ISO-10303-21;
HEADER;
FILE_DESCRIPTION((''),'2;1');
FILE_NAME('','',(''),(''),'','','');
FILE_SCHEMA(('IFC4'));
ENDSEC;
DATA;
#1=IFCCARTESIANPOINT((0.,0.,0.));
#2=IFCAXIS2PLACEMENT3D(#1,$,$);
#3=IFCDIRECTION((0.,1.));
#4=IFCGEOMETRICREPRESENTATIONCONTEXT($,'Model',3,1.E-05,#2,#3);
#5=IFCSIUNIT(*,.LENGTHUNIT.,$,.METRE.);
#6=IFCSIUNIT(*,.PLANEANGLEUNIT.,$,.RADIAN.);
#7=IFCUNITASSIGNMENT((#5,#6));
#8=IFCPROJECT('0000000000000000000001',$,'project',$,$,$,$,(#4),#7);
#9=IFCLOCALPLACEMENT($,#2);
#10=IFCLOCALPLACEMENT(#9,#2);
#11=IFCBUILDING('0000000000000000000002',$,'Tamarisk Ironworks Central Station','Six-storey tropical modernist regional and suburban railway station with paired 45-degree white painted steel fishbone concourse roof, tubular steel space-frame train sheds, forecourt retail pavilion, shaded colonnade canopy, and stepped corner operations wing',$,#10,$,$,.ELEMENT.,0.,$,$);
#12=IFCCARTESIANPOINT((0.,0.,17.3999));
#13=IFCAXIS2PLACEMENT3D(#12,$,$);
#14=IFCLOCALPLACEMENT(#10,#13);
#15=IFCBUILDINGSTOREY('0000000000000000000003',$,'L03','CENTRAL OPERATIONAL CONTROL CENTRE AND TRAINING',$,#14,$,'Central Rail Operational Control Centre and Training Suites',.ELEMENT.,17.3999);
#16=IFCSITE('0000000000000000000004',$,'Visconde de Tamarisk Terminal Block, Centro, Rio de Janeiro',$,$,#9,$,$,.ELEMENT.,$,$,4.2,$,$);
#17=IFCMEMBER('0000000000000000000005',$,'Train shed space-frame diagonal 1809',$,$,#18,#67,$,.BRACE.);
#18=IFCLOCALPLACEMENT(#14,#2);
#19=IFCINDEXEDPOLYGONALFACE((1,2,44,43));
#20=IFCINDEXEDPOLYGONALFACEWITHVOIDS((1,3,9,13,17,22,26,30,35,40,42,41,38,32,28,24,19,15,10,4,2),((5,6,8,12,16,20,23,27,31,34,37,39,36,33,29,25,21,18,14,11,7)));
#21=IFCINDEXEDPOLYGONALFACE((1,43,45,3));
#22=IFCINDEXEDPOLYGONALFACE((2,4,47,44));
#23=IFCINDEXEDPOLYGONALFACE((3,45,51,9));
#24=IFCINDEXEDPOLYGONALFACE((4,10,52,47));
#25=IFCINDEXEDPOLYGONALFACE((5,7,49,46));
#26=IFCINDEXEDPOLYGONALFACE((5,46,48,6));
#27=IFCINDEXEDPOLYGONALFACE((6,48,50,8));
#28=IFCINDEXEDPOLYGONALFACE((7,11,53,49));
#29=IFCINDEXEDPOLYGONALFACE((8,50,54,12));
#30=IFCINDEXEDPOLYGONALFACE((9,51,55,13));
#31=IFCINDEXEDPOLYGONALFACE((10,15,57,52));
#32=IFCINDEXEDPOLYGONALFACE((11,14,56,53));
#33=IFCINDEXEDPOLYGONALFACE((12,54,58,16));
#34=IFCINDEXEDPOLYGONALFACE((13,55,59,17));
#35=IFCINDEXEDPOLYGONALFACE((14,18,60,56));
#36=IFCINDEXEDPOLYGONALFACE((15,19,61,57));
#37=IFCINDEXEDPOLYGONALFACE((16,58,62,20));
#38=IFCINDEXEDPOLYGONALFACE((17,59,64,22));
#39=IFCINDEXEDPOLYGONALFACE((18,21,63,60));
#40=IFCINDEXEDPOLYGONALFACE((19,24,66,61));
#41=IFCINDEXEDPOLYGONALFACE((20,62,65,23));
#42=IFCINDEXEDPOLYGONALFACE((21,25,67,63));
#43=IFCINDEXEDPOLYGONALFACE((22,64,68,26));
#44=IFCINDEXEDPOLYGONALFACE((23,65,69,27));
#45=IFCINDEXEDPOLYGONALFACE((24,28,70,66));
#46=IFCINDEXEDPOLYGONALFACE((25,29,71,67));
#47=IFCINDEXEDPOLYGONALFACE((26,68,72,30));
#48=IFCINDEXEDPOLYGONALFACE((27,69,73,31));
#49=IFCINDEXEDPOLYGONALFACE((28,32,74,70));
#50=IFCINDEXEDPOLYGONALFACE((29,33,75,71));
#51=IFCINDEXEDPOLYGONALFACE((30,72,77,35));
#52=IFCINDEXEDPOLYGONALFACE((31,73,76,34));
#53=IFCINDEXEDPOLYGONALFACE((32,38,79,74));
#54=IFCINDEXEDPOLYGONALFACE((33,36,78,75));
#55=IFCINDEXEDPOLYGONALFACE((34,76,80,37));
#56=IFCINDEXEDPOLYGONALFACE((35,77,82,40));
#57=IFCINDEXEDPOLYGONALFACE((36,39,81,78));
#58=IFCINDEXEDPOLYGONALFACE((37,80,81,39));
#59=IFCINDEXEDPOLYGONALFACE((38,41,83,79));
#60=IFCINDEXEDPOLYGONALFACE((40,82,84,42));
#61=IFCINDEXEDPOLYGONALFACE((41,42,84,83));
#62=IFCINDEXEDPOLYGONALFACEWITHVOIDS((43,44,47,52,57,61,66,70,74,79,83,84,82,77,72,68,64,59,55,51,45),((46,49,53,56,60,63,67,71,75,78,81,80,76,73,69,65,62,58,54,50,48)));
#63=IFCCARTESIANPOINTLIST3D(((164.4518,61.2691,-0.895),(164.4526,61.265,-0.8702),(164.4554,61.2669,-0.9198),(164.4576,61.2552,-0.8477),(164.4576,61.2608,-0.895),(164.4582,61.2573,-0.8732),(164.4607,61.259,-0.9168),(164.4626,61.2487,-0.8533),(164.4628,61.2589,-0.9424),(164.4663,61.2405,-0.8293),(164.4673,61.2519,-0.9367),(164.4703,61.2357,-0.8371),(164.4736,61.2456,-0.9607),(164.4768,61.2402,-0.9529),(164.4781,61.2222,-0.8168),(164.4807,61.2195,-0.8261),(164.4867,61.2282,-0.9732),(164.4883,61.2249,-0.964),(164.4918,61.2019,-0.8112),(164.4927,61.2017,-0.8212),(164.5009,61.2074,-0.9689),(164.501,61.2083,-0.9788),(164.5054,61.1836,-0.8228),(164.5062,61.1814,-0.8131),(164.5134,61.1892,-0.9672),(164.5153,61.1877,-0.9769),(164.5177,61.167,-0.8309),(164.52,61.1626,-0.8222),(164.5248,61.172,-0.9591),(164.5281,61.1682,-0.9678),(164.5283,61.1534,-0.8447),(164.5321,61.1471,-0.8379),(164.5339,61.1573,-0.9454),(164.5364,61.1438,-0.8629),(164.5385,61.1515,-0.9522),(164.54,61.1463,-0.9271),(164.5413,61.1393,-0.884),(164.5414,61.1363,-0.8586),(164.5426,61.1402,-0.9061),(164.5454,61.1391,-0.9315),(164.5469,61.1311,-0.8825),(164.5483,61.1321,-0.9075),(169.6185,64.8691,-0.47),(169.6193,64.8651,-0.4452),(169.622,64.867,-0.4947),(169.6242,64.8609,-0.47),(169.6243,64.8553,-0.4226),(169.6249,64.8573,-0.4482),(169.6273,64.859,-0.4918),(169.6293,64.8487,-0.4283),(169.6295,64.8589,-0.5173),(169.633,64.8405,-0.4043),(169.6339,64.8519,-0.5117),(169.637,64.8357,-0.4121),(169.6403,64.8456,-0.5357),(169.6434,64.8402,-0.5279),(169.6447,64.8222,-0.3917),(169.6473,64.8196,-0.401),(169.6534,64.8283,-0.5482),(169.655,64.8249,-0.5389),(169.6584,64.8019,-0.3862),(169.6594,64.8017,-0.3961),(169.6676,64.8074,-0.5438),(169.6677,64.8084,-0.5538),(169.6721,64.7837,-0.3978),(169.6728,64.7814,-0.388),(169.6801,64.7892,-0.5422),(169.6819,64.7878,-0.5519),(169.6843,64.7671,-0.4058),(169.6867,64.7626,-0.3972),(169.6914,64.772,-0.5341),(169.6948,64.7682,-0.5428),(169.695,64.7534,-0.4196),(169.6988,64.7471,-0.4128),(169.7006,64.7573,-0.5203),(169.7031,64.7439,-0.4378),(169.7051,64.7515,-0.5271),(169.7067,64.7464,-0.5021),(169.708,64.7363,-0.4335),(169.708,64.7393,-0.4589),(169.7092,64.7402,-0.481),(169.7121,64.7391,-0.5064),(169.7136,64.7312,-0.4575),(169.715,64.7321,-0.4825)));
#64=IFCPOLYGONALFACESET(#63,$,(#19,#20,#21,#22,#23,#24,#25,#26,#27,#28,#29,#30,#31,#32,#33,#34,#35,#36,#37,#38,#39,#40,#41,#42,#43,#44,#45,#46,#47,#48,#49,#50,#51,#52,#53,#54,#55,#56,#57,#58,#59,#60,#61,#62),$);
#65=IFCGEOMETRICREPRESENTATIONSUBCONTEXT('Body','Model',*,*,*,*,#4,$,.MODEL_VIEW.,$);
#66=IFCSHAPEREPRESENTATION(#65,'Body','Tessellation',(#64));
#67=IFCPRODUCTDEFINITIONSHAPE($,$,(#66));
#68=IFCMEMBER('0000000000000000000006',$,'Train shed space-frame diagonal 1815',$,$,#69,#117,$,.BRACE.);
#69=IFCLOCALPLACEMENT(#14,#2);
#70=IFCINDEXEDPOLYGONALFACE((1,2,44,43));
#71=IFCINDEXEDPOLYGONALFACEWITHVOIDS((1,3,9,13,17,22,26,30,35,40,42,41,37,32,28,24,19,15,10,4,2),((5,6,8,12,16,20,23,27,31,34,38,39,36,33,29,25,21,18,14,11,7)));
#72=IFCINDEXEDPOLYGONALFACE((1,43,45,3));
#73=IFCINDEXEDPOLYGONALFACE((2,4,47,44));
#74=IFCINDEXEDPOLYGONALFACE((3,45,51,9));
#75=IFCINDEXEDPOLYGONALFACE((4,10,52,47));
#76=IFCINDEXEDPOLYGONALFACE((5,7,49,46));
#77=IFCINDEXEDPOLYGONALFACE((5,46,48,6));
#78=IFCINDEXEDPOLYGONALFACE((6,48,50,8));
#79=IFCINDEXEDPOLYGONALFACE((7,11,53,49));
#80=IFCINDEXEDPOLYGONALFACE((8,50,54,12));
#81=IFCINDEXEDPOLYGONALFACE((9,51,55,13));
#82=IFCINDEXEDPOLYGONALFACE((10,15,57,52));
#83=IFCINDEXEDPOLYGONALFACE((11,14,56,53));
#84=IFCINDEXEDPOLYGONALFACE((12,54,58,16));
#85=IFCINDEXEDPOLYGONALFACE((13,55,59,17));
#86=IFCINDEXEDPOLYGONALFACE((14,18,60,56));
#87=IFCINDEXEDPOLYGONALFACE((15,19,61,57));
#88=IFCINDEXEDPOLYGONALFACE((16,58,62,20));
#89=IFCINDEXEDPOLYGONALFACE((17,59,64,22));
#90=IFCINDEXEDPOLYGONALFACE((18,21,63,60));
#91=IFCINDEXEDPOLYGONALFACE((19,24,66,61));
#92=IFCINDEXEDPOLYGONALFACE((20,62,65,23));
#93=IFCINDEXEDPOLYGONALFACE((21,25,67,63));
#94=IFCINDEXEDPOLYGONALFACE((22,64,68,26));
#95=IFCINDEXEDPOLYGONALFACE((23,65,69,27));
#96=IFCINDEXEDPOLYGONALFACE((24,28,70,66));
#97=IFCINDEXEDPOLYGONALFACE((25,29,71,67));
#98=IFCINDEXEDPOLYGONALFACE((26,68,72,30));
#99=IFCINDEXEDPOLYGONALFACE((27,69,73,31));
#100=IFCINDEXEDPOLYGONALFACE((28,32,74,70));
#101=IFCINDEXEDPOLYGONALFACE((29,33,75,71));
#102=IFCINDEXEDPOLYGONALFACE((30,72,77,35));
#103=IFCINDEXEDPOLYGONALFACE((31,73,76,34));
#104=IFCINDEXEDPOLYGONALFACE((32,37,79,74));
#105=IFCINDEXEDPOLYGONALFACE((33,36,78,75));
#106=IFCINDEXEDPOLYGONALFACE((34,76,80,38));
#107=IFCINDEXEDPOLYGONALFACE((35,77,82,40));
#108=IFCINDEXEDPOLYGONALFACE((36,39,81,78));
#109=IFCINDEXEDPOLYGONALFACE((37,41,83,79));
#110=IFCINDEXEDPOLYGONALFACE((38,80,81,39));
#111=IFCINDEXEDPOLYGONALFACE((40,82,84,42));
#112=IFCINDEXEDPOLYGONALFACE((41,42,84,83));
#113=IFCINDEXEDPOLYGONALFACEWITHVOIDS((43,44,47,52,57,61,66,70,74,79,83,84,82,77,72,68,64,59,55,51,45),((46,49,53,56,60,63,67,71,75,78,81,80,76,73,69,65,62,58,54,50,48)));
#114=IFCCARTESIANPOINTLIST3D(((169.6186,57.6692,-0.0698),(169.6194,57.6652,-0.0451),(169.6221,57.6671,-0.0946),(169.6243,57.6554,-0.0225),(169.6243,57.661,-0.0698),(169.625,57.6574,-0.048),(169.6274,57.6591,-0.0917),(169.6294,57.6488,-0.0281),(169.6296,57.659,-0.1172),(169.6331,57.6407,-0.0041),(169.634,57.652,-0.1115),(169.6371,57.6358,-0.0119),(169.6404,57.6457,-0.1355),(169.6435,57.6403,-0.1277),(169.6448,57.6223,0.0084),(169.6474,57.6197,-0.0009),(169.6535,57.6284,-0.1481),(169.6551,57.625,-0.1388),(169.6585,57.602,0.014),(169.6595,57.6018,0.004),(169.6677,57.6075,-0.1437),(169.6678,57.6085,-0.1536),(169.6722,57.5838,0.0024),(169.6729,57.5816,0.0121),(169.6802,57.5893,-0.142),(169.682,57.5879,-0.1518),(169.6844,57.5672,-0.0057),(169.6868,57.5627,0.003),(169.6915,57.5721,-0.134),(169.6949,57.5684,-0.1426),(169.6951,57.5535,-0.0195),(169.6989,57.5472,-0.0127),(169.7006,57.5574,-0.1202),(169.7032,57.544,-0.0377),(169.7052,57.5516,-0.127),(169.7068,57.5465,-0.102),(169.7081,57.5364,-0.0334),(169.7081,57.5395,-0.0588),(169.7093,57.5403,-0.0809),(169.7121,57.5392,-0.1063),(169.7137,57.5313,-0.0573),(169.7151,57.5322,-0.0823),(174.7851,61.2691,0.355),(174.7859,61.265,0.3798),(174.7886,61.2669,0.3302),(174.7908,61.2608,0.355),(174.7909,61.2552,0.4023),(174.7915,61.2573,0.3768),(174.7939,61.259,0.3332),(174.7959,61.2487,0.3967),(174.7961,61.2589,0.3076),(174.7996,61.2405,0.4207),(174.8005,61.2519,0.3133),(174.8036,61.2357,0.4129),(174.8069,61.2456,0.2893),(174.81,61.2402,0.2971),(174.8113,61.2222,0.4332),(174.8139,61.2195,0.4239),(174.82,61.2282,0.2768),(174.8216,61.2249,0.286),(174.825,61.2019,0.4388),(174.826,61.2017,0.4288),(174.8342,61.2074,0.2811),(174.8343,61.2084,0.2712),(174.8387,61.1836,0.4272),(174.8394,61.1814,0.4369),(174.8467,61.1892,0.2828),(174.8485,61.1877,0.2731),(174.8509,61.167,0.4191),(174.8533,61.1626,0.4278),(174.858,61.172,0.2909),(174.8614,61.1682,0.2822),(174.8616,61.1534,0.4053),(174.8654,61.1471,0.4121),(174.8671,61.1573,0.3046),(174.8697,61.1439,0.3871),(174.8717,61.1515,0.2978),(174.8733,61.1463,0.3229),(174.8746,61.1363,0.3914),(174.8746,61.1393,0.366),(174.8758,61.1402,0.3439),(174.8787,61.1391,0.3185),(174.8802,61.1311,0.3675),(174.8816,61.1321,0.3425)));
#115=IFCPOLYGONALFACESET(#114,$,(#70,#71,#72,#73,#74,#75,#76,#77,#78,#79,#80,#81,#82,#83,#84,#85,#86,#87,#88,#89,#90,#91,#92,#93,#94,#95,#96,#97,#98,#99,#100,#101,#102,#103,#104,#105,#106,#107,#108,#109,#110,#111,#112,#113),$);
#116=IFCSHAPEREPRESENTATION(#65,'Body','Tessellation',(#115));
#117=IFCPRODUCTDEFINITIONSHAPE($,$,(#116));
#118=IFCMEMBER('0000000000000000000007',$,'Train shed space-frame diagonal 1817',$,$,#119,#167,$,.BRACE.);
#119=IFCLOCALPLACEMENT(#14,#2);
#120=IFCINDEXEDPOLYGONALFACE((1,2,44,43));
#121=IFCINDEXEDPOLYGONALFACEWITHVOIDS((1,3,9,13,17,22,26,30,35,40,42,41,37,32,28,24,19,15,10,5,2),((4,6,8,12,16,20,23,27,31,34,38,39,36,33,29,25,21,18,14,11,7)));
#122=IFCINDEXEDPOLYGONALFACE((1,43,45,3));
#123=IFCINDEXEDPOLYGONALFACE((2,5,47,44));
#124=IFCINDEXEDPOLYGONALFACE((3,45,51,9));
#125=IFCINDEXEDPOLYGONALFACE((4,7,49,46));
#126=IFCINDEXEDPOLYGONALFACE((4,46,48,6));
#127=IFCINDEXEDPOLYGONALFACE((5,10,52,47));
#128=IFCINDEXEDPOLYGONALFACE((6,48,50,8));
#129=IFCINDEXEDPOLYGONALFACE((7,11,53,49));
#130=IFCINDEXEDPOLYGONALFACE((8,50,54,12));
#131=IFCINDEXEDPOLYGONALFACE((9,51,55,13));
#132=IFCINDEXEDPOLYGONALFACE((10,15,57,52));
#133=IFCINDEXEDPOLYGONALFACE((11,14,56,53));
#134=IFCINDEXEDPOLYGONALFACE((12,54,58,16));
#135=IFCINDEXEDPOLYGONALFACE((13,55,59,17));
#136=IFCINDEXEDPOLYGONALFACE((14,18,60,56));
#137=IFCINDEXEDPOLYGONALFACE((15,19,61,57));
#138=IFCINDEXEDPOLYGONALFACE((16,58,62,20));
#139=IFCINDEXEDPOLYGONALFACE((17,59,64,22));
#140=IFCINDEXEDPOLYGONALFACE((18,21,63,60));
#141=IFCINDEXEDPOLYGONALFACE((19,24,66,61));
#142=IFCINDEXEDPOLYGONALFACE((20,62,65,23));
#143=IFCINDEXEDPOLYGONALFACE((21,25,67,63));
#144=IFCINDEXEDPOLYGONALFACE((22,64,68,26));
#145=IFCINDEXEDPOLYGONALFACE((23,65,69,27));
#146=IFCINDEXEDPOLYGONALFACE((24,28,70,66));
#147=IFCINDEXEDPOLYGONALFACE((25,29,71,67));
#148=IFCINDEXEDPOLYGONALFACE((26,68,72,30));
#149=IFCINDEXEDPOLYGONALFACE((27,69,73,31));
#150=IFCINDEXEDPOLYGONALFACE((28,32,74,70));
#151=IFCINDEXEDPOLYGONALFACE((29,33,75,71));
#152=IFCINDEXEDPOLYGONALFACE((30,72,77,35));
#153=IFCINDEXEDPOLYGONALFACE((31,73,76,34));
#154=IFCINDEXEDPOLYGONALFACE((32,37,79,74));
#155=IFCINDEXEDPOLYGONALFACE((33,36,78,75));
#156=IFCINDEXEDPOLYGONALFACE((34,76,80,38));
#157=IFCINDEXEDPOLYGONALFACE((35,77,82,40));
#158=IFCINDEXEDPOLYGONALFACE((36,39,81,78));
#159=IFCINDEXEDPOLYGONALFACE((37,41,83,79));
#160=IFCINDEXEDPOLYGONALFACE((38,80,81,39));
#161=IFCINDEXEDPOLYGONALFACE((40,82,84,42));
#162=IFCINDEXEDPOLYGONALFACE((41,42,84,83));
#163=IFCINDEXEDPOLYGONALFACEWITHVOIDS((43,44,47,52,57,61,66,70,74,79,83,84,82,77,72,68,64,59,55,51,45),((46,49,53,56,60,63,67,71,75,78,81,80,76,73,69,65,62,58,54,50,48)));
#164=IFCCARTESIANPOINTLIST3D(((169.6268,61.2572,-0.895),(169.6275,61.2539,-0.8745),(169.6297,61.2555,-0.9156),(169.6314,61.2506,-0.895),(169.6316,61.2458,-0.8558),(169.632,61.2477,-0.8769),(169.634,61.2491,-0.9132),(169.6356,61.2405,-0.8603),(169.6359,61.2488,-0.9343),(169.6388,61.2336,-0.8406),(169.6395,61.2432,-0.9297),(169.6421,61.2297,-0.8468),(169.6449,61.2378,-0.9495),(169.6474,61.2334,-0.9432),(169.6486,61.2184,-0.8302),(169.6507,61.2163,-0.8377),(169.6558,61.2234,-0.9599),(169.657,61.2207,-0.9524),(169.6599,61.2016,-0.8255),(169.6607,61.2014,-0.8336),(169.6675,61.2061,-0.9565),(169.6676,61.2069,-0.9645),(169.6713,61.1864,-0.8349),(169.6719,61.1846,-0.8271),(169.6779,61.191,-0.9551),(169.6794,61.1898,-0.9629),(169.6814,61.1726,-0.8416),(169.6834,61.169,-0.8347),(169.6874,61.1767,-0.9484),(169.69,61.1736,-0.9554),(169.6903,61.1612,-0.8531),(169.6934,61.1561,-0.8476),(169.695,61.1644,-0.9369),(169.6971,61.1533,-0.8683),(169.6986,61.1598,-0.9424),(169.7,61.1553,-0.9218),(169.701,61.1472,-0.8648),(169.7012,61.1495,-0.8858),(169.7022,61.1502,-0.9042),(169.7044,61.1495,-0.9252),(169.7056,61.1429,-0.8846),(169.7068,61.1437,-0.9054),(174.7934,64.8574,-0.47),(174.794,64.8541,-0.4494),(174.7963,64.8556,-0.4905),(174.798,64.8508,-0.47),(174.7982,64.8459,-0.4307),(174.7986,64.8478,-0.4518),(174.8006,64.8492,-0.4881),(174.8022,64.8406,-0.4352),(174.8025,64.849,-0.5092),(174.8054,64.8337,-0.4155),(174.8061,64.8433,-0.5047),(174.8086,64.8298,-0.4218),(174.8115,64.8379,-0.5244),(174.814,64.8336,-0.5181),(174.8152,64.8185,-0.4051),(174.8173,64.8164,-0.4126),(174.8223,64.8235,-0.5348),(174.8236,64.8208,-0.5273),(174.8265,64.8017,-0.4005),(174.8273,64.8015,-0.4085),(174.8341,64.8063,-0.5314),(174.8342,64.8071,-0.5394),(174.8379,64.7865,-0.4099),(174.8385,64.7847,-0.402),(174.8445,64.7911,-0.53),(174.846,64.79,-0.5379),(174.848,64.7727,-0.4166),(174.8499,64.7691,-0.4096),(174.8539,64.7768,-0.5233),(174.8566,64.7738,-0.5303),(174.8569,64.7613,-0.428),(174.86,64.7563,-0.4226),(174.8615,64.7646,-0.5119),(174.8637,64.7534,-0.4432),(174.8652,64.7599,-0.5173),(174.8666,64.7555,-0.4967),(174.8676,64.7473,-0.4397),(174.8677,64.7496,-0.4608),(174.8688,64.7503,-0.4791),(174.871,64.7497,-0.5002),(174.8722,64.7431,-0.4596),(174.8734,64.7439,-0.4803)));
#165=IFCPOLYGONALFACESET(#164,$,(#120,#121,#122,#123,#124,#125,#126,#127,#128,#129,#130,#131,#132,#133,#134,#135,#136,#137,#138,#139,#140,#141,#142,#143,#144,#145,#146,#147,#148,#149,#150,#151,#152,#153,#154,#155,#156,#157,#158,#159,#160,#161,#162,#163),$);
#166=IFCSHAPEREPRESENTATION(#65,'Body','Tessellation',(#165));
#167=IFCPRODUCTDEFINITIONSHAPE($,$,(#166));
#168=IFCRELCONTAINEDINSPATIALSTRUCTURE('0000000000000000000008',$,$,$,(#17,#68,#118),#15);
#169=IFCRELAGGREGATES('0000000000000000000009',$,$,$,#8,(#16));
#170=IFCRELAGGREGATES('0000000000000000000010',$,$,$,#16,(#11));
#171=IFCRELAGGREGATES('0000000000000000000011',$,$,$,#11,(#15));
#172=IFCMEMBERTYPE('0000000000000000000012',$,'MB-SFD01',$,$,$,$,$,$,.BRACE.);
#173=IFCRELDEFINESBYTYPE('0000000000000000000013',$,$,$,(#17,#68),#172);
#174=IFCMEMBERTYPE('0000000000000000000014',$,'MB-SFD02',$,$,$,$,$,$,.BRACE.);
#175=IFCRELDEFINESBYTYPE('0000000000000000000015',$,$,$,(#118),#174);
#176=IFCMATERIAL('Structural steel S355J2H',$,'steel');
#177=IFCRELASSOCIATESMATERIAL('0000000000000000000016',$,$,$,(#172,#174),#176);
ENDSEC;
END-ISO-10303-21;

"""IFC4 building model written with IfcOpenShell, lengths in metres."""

from ifc_helpers import new_model, si_unit, direction, frame, origin, origin_2d, place, context, subcontext, project, spatial, hollow_circle, extrude, material, material_profile, profile_set, type_object, element, save


model = new_model("IFC4")

# Units and contexts
model_context = context("Model", 3, precision=1e-05, world=origin(), true_north=direction((0.0, 1.0)))
body_context = subcontext(model_context, "Body", "Model", "MODEL_VIEW")
ifc_project = project(units=[si_unit("LENGTHUNIT", "METRE"), si_unit("PLANEANGLEUNIT", "RADIAN")], contexts=[model_context])

# Site, building, storey
site_placement = place(None, origin())
site = spatial("IfcSite", under=ifc_project, at=site_placement, Name="Visconde de Tamarisk Terminal Block, Centro, Rio de Janeiro", CompositionType="ELEMENT", RefElevation=4.2)
building_placement = place(site_placement, origin())
building = spatial("IfcBuilding", under=site, at=building_placement, Name="Tamarisk Ironworks Central Station", Description="Six-storey tropical modernist regional and suburban railway station with paired 45-degree white painted steel fishbone concourse roof, tubular steel space-frame train sheds, forecourt retail pavilion, shaded colonnade canopy, and stepped corner operations wing", CompositionType="ELEMENT", ElevationOfRefHeight=0.0)
storey_placement = place(building_placement, frame((0.0, 0.0, 17.3999)))
storey = spatial("IfcBuildingStorey", under=building, at=storey_placement, Name="L03", Description="CENTRAL OPERATIONAL CONTROL CENTRE AND TRAINING", LongName="Central Rail Operational Control Centre and Training Suites", CompositionType="ELEMENT", Elevation=17.3999)

# Members
ifc_material = material(Name="Structural steel S355J2H", Category="steel")
ifc_material_profile_1 = material_profile(ifc_material, hollow_circle(Radius=0.0842, WallThickness=0.01, at=origin_2d()), Name="CHS 168.3x10")
ifc_profile_set_1 = profile_set([ifc_material_profile_1], Name="Structural steel S355J2H")
member_type_1 = type_object("IfcMemberType", Name="MB-SFD01", PredefinedType="BRACE", material=ifc_profile_set_1)
member_1_placement = place(storey_placement, frame((164.5, 61.2, -0.895), z_axis=(0.818608, 0.570391, 0.067344), x_axis=(-0.571689, 0.82047, 0.0)))
element("IfcMember", 1, at=member_1_placement, inside=storey, type_object=member_type_1, Name="Train shed space-frame diagonal 1809", PredefinedType="BRACE", context=body_context, shape_type="SweptSolid", body=[
    extrude(hollow_circle(Radius=0.0842, WallThickness=0.01, at=origin_2d()), origin(), (0.0, 0.0, 1.0), 6.3115),
])
member_2_placement = place(storey_placement, frame((169.6667, 57.6001, -0.0698), z_axis=(0.818615, 0.570385, 0.067309), x_axis=(-0.571681, 0.820476, 0.0)))
element("IfcMember", 2, at=member_2_placement, inside=storey, type_object=member_type_1, Name="Train shed space-frame diagonal 1815", PredefinedType="BRACE", context=body_context, shape_type="SweptSolid", body=[
    extrude(hollow_circle(Radius=0.0842, WallThickness=0.01, at=origin_2d()), origin(), (0.0, 0.0, 1.0), 6.3113),
])
ifc_material_profile_2 = material_profile(ifc_material, hollow_circle(Radius=0.0698, WallThickness=0.0081, at=origin_2d()), Name="CHS 139.7x8")
ifc_profile_set_2 = profile_set([ifc_material_profile_2], Name="Structural steel S355J2H")
member_type_2 = type_object("IfcMemberType", Name="MB-SFD02", PredefinedType="BRACE", material=ifc_profile_set_2)
member_3_placement = place(storey_placement, frame((169.6667, 61.2, -0.895), z_axis=(0.818595, 0.570409, 0.067346), x_axis=(-0.571707, 0.820458, 0.0)))
element("IfcMember", 3, at=member_3_placement, inside=storey, type_object=member_type_2, Name="Train shed space-frame diagonal 1817", PredefinedType="BRACE", context=body_context, shape_type="SweptSolid", body=[
    extrude(hollow_circle(Radius=0.0698, WallThickness=0.0081, at=origin_2d()), origin(), (0.0, 0.0, 1.0), 6.3115),
])

save(model, "model.ifc")
